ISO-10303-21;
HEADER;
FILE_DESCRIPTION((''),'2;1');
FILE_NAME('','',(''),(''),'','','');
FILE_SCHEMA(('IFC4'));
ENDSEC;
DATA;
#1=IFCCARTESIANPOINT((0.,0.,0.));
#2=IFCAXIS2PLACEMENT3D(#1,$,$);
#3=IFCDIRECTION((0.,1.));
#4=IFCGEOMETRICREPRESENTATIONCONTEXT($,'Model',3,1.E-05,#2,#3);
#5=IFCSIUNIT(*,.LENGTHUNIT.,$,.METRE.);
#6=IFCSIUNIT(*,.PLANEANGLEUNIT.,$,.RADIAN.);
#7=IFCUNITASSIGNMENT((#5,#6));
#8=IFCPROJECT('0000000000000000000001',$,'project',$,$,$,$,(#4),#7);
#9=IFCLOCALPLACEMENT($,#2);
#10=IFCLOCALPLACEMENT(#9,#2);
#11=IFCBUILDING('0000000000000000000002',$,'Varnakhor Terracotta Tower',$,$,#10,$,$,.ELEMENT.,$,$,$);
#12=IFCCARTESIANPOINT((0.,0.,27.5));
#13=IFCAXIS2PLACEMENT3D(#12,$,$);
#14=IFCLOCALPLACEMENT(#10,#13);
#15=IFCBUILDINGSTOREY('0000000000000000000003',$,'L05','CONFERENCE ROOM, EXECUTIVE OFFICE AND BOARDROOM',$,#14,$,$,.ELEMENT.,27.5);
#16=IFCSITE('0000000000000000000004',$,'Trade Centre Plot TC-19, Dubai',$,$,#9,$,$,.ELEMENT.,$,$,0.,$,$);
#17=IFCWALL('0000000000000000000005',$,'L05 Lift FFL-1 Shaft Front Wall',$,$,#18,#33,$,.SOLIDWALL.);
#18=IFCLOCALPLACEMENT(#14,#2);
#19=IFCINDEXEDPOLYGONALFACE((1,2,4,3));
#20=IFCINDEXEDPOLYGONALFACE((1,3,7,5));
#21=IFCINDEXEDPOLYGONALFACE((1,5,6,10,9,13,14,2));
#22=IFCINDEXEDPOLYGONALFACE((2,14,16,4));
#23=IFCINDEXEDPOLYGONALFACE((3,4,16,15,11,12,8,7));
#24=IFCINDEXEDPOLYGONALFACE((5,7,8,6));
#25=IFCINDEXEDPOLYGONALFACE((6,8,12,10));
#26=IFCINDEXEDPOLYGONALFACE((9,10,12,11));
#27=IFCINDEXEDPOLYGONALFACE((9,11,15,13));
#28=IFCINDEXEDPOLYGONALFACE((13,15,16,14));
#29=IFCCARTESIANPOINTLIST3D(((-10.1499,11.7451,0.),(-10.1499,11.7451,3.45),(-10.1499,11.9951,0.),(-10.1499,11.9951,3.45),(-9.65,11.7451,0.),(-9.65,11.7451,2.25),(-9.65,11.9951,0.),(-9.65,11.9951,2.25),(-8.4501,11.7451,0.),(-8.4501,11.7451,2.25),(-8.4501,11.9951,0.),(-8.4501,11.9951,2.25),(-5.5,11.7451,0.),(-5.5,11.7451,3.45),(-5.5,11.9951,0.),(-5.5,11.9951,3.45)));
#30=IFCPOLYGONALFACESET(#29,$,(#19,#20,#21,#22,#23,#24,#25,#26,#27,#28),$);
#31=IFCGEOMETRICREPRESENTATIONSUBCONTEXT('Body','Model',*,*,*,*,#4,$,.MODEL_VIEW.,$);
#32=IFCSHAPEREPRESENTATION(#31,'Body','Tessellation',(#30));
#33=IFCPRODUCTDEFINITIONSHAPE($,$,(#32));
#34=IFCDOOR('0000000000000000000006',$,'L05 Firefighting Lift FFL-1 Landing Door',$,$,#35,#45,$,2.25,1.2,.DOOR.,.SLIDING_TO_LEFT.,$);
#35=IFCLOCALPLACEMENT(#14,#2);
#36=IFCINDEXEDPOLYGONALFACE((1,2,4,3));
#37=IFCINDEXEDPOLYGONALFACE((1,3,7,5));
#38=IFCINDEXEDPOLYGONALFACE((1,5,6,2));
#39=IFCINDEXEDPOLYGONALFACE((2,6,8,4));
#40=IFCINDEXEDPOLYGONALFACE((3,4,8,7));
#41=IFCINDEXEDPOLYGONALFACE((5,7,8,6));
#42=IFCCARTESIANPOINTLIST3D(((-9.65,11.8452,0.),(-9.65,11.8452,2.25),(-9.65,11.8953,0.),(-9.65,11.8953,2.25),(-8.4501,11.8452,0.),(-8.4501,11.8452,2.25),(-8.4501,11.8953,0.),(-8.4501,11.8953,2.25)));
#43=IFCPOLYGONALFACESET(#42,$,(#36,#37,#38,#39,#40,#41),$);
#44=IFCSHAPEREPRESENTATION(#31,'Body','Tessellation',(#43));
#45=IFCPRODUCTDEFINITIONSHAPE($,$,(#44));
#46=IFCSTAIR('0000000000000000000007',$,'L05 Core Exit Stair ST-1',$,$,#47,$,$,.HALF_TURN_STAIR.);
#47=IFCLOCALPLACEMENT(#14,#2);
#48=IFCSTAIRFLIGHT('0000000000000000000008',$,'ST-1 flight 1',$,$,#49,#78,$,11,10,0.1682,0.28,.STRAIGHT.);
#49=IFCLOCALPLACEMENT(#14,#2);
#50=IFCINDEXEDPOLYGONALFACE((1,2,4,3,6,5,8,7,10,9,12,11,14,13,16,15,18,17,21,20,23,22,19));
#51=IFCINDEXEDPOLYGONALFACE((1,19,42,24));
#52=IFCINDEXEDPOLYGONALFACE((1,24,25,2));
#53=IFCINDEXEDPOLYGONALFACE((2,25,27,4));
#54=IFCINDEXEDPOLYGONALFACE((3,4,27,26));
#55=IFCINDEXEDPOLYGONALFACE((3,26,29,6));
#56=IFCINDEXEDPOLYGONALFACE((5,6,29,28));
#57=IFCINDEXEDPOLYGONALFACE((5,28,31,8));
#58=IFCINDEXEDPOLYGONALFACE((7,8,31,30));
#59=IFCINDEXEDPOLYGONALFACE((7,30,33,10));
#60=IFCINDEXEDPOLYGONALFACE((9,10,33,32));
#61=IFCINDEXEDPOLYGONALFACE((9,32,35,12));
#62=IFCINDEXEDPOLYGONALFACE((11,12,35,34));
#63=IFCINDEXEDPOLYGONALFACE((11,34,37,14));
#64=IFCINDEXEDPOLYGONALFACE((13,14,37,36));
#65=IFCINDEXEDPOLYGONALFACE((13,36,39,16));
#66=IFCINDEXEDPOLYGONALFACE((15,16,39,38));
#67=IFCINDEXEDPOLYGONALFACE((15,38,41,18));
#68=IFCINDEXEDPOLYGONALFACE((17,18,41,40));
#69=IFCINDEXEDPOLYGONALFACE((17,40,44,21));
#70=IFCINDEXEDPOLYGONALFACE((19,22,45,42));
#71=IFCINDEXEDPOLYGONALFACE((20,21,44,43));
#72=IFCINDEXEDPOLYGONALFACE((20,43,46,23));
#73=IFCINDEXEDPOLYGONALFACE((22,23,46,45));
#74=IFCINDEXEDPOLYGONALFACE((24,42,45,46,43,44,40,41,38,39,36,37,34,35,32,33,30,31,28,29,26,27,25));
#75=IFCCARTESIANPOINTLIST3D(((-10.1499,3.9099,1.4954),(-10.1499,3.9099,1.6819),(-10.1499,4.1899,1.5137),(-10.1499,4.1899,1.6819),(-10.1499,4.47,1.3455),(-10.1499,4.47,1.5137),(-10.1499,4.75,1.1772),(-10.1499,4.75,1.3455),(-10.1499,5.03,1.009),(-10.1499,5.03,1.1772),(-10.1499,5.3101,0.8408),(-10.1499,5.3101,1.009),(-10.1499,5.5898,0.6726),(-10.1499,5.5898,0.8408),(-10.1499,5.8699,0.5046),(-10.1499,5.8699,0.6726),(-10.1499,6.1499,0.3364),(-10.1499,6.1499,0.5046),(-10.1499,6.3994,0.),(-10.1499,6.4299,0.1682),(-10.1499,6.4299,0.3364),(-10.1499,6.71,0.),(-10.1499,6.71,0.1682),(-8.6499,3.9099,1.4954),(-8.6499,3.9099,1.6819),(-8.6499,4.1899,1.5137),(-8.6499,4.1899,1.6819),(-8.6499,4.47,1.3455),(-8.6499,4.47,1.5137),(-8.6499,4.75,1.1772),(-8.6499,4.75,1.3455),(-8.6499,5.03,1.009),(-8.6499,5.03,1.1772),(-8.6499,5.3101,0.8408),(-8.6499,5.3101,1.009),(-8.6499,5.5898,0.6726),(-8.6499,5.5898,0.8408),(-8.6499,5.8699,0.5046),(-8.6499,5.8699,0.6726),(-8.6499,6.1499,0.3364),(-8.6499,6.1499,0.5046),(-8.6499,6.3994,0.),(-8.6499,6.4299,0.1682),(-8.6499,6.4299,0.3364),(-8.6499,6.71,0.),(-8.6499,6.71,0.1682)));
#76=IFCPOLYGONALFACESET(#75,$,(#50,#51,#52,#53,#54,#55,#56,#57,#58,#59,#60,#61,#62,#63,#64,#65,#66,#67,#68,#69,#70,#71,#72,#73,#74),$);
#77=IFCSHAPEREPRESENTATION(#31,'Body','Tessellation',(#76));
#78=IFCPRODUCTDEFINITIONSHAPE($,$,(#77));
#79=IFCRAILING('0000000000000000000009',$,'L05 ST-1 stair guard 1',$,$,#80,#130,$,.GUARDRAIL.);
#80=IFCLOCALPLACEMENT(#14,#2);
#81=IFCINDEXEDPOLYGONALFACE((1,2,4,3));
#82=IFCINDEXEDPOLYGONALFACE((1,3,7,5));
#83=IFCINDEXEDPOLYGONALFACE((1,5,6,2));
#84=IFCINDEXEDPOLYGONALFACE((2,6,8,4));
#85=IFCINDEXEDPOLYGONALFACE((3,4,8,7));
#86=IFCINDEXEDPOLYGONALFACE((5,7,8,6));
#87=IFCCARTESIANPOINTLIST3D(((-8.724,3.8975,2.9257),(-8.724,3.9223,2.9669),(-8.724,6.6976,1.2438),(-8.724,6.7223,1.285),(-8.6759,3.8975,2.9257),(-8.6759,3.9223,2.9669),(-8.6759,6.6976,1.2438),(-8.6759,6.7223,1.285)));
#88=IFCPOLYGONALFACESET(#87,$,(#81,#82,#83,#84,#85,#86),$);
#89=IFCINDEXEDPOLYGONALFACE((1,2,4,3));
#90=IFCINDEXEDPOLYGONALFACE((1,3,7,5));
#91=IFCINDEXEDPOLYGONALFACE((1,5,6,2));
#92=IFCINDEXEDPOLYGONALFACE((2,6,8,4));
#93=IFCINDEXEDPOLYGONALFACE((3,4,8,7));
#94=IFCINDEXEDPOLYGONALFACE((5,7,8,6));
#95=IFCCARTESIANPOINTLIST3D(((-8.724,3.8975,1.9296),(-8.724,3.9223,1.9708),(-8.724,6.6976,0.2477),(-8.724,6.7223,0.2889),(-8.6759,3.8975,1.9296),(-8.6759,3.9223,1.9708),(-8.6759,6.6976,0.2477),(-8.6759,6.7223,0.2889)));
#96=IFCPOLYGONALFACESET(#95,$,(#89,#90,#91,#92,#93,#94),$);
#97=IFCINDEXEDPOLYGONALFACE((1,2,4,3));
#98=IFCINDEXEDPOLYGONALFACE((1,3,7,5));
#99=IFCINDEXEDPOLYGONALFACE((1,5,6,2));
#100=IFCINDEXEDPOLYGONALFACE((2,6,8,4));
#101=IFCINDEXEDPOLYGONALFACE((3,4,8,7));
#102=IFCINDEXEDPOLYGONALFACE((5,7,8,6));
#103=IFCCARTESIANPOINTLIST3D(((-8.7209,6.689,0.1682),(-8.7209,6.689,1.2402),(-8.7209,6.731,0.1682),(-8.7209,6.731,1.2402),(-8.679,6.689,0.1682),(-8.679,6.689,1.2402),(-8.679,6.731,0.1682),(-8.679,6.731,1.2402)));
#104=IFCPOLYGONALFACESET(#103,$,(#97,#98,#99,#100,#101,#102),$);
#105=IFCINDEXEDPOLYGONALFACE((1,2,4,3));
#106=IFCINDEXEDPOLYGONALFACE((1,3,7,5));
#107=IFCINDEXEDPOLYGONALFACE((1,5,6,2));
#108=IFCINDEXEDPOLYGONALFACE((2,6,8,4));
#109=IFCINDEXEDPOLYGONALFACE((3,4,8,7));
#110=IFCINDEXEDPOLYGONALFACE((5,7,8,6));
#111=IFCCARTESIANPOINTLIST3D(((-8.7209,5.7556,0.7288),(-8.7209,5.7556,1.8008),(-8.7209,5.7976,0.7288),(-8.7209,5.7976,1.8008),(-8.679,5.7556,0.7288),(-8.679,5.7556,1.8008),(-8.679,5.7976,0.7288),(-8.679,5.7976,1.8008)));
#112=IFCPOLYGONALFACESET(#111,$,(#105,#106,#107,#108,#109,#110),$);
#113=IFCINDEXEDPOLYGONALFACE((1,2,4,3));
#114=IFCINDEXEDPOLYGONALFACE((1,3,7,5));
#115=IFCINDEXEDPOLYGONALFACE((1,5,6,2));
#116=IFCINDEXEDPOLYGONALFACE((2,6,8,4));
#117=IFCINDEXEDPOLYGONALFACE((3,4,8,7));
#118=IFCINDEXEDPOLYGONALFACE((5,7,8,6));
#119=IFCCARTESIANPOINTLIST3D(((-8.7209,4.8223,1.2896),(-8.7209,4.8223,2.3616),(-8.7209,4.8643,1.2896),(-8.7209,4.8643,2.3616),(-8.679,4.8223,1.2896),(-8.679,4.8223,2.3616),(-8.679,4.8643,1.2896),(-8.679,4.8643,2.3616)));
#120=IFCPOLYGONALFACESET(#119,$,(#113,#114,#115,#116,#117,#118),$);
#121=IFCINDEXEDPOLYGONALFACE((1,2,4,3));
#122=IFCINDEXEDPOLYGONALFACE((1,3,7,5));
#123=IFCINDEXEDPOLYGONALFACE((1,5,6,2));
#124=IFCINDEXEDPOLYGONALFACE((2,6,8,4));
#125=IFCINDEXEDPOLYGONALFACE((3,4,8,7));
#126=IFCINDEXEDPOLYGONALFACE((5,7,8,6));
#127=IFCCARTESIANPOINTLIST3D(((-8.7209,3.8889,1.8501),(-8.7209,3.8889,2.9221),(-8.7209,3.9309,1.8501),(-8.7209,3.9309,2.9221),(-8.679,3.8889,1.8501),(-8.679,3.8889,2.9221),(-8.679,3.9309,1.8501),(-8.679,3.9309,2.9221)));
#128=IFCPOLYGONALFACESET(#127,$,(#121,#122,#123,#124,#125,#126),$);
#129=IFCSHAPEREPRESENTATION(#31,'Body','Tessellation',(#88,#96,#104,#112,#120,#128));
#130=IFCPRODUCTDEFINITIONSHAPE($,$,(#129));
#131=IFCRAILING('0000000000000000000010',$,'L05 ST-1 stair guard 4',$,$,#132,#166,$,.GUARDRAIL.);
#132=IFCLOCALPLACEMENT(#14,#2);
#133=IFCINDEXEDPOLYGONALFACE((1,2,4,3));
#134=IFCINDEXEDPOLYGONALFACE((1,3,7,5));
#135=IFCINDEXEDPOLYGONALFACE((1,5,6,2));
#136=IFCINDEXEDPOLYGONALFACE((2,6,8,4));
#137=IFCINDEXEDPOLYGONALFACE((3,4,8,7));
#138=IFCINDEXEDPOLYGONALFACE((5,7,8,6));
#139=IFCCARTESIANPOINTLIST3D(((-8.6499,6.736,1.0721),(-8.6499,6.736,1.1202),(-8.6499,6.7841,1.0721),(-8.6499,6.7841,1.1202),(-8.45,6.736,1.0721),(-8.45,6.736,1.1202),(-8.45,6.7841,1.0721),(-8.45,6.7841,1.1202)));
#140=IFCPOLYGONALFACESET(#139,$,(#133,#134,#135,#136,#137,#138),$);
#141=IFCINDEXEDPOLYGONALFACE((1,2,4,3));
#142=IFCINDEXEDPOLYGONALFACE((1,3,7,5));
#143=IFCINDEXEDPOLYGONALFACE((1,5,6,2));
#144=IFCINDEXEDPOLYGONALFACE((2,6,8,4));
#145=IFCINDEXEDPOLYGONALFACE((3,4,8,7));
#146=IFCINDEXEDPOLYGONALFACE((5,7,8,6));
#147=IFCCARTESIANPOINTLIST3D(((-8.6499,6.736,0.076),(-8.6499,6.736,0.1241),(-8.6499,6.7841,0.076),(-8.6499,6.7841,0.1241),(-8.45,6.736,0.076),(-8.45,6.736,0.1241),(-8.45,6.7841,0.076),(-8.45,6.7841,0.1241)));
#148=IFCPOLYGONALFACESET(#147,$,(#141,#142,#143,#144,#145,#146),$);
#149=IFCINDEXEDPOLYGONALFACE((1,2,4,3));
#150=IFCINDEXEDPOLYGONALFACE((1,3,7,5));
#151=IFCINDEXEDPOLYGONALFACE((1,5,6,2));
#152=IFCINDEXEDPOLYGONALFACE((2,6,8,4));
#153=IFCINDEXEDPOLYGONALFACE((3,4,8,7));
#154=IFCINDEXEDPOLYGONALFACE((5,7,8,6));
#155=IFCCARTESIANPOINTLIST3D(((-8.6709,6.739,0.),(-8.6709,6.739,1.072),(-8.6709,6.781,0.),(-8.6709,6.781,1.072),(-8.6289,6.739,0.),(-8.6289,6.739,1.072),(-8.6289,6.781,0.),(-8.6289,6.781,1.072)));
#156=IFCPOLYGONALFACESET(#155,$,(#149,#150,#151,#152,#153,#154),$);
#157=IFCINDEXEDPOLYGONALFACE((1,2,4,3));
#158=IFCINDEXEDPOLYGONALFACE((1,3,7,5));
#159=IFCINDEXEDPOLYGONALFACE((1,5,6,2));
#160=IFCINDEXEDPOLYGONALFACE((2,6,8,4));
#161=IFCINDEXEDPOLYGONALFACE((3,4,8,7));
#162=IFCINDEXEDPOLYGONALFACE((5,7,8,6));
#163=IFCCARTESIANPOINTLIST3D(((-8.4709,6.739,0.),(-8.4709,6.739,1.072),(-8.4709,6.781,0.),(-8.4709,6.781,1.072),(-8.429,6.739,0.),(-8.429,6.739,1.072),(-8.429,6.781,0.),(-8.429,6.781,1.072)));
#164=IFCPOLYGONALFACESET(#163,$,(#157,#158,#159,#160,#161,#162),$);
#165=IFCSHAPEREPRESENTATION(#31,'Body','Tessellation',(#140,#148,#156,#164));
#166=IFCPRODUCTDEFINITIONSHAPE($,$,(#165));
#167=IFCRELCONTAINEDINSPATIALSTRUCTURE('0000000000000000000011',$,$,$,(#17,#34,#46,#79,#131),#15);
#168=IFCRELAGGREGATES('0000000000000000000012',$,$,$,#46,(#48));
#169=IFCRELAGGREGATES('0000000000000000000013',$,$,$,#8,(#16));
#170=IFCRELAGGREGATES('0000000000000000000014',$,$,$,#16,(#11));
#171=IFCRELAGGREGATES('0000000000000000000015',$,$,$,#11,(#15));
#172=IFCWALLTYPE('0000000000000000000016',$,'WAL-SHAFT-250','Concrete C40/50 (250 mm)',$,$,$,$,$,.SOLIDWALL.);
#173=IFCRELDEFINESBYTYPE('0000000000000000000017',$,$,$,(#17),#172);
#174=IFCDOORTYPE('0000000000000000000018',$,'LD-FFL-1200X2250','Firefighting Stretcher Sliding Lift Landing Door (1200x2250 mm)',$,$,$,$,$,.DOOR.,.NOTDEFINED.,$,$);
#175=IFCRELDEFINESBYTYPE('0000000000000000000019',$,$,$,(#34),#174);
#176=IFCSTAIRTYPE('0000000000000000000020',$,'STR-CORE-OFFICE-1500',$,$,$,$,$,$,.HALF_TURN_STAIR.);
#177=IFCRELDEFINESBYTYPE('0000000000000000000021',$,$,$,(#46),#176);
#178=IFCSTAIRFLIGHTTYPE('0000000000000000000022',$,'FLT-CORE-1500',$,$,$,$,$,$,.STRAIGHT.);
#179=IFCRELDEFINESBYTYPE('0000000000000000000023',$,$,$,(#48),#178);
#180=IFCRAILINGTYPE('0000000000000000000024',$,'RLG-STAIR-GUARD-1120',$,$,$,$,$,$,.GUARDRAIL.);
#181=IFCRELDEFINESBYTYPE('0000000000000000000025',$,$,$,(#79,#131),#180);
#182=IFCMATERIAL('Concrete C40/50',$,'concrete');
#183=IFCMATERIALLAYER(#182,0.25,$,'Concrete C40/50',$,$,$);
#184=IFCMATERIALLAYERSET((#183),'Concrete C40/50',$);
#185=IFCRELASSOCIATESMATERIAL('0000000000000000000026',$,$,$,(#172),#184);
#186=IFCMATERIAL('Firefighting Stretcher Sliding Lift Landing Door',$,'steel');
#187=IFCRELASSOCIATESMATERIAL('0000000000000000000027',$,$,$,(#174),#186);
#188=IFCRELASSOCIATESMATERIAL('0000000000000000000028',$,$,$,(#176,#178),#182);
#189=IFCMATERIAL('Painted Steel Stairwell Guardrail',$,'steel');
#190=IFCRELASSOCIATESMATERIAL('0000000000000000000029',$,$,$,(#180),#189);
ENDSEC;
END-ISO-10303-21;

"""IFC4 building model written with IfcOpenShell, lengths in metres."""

from ifc_helpers import new_model, si_unit, direction, frame, frame_2d, origin, origin_2d, place, context, subcontext, project, spatial, polyline, rectangle, outline, extrude, source, transform, mapped, material, layer, layer_set, type_object, type_shapes, element, fill, aggregate, save


model = new_model("IFC4")

# Units and contexts
model_context = context("Model", 3, precision=1e-05, world=origin(), true_north=direction((0.0, 1.0)))
body_context = subcontext(model_context, "Body", "Model", "MODEL_VIEW")
ifc_project = project(units=[si_unit("LENGTHUNIT", "METRE"), si_unit("PLANEANGLEUNIT", "RADIAN")], contexts=[model_context])

# Site, building, storey
site_placement = place(None, origin())
site = spatial("IfcSite", under=ifc_project, at=site_placement, Name="Trade Centre Plot TC-19, Dubai", CompositionType="ELEMENT", RefElevation=0.0)
building_placement = place(site_placement, origin())
building = spatial("IfcBuilding", under=site, at=building_placement, Name="Varnakhor Terracotta Tower", CompositionType="ELEMENT")
storey_placement = place(building_placement, frame((0.0, 0.0, 27.5)))
storey = spatial("IfcBuildingStorey", under=building, at=storey_placement, Name="L05", Description="CONFERENCE ROOM, EXECUTIVE OFFICE AND BOARDROOM", CompositionType="ELEMENT", Elevation=27.5)

# Shared definitions
ifc_material_1 = material(Name="Concrete C40/50", Category="concrete")

# Wall, opening, door
ifc_layer_1 = layer(ifc_material_1, 0.25, Name="Concrete C40/50")
ifc_layer_set_1 = layer_set([ifc_layer_1], Name="Concrete C40/50")
wall_type_1 = type_object("IfcWallType", Name="WAL-SHAFT-250", Description="Concrete C40/50 (250 mm)", PredefinedType="SOLIDWALL", material=ifc_layer_set_1)
wall_1_placement = place(storey_placement, frame((-5.5, 11.8701, 0.0), z_axis=(0.0, 0.0, 1.0), x_axis=(-1.0, 0.0, 0.0)))
wall_1 = element("IfcWall", 1, at=wall_1_placement, inside=storey, type_object=wall_type_1, Name="L05 Lift FFL-1 Shaft Front Wall", PredefinedType="SOLIDWALL", context=body_context, shape_type="SweptSolid", body=[
    extrude(rectangle(XDim=4.6499, YDim=0.25, at=frame_2d((2.325, 0.0))), origin(), (0.0, 0.0, 1.0), 3.45),
])
opening_1_placement = place(wall_1_placement, frame((2.95, 0.0, 0.0)))
opening_1 = element("IfcOpeningElement", 2, at=opening_1_placement, cuts=wall_1, PredefinedType="OPENING", context=body_context, shape_type="SweptSolid", body=[
    extrude(rectangle(XDim=1.2, YDim=2.25, at=frame_2d((0.6001, 1.125))), frame((0.0, 0.135, 0.0), z_axis=(0.0, -1.0, 0.0), x_axis=(1.0, 0.0, 0.0)), (0.0, 0.0, 1.0), 0.27),
])
ifc_material_2 = material(Name="Firefighting Stretcher Sliding Lift Landing Door", Category="steel")
door_type_1 = type_object("IfcDoorType", Name="LD-FFL-1200X2250", Description="Firefighting Stretcher Sliding Lift Landing Door (1200x2250 mm)", OperationType="NOTDEFINED", PredefinedType="DOOR", material=ifc_material_2)
shared_shape_1 = source(origin(), body_context, "Body", "SweptSolid", [
    extrude(rectangle(XDim=1.2, YDim=2.25, at=frame_2d((0.6001, 1.125))), frame((0.0, 0.0249, 0.0), z_axis=(0.0, -1.0, 0.0), x_axis=(1.0, 0.0, 0.0)), (0.0, 0.0, 1.0), 0.05),
])
type_shapes(door_type_1, [shared_shape_1])
door_1_placement = place(opening_1_placement, origin())
door_1 = element("IfcDoor", 3, at=door_1_placement, inside=storey, type_object=door_type_1, Name="L05 Firefighting Lift FFL-1 Landing Door", OperationType="SLIDING_TO_LEFT", OverallHeight=2.25, OverallWidth=1.2, PredefinedType="DOOR", context=body_context, shape_type="MappedRepresentation", body=[
    mapped(shared_shape_1, transform((0.0, 0.0, 0.0), scale=1.0)),
])
fill(opening_1, door_1)

# Stair, stair flight
stair_type = type_object("IfcStairType", Name="STR-CORE-OFFICE-1500", PredefinedType="HALF_TURN_STAIR", material=ifc_material_1)
stair_placement = place(storey_placement, origin())
stair = element("IfcStair", 4, at=stair_placement, inside=storey, type_object=stair_type, Name="L05 Core Exit Stair ST-1", PredefinedType="HALF_TURN_STAIR")
stair_flight_type = type_object("IfcStairFlightType", Name="FLT-CORE-1500", PredefinedType="STRAIGHT", material=ifc_material_1)
stair_flight_placement = place(storey_placement, frame((-9.3999, 6.71, 0.0), z_axis=(0.0, 0.0, 1.0), x_axis=(0.0, -1.0, 0.0)))
stair_flight = element("IfcStairFlight", 5, at=stair_flight_placement, type_object=stair_flight_type, Name="ST-1 flight 1", NumberOfRisers=11, NumberOfTreads=10, PredefinedType="STRAIGHT", RiserHeight=0.1682, TreadLength=0.28, context=body_context, shape_type="SweptSolid", body=[
    extrude(outline(polyline([(0.0, 0.0), (0.0, 0.1682), (0.28, 0.1682), (0.28, 0.3364), (0.5601, 0.3364), (0.5601, 0.5046), (0.8401, 0.5046), (0.8401, 0.6726), (1.1201, 0.6726), (1.1201, 0.8408), (1.3999, 0.8408), (1.3999, 1.009), (1.6799, 1.009), (1.6799, 1.1772), (1.96, 1.1772), (1.96, 1.3455), (2.24, 1.3455), (2.24, 1.5137), (2.52, 1.5137), (2.52, 1.6819), (2.8, 1.6819), (2.8, 1.8501), (2.8, 1.4954), (0.3105, 0.0), (0.0, 0.0)])), frame((0.0, 0.75, 0.0), z_axis=(0.0, -1.0, 0.0), x_axis=(1.0, 0.0, 0.0)), (0.0, 0.0, 1.0), 1.5),
])
aggregate(stair, [stair_flight])

# Railings
ifc_material_3 = material(Name="Painted Steel Stairwell Guardrail", Category="steel")
railing_type_1 = type_object("IfcRailingType", Name="RLG-STAIR-GUARD-1120", PredefinedType="GUARDRAIL", material=ifc_material_3)
railing_1_placement = place(storey_placement, frame((-8.7, 6.71, 0.1682)))
element("IfcRailing", 6, at=railing_1_placement, inside=storey, type_object=railing_type_1, Name="L05 ST-1 stair guard 1", PredefinedType="GUARDRAIL", context=body_context, shape_type="SweptSolid", body=[
    extrude(rectangle(XDim=0.0481, YDim=0.0481, at=origin_2d()), frame((0.0, 0.0, 1.0962), z_axis=(0.0, -0.857242, 0.514913), x_axis=(1.0, 0.0, 0.0)), (0.0, 0.0, 1.0), 3.2664),
    extrude(rectangle(XDim=0.0481, YDim=0.0481, at=origin_2d()), frame((0.0, 0.0, 0.1001), z_axis=(0.0, -0.857242, 0.514913), x_axis=(1.0, 0.0, 0.0)), (0.0, 0.0, 1.0), 3.2664),
    extrude(rectangle(XDim=0.042, YDim=0.042, at=origin_2d()), origin(), (0.0, 0.0, 1.0), 1.072),
    extrude(rectangle(XDim=0.042, YDim=0.042, at=origin_2d()), frame((0.0, -0.9333, 0.5605)), (0.0, 0.0, 1.0), 1.072),
    extrude(rectangle(XDim=0.042, YDim=0.042, at=origin_2d()), frame((0.0, -1.8667, 1.1213)), (0.0, 0.0, 1.0), 1.072),
    extrude(rectangle(XDim=0.042, YDim=0.042, at=origin_2d()), frame((0.0, -2.8, 1.6819)), (0.0, 0.0, 1.0), 1.072),
])
railing_2_placement = place(storey_placement, frame((-8.6499, 6.76, 0.0)))
element("IfcRailing", 7, at=railing_2_placement, inside=storey, type_object=railing_type_1, Name="L05 ST-1 stair guard 4", PredefinedType="GUARDRAIL", context=body_context, shape_type="SweptSolid", body=[
    extrude(rectangle(XDim=0.0481, YDim=0.0481, at=origin_2d()), frame((0.0, 0.0, 1.0962), z_axis=(1.0, 0.0, 0.0), x_axis=(0.0, 1.0, 0.0)), (0.0, 0.0, 1.0), 0.2),
    extrude(rectangle(XDim=0.0481, YDim=0.0481, at=origin_2d()), frame((0.0, 0.0, 0.1001), z_axis=(1.0, 0.0, 0.0), x_axis=(0.0, 1.0, 0.0)), (0.0, 0.0, 1.0), 0.2),
    extrude(rectangle(XDim=0.042, YDim=0.042, at=origin_2d()), origin(), (0.0, 0.0, 1.0), 1.072),
    extrude(rectangle(XDim=0.042, YDim=0.042, at=origin_2d()), frame((0.2, 0.0, 0.0)), (0.0, 0.0, 1.0), 1.072),
])

save(model, "model.ifc")
